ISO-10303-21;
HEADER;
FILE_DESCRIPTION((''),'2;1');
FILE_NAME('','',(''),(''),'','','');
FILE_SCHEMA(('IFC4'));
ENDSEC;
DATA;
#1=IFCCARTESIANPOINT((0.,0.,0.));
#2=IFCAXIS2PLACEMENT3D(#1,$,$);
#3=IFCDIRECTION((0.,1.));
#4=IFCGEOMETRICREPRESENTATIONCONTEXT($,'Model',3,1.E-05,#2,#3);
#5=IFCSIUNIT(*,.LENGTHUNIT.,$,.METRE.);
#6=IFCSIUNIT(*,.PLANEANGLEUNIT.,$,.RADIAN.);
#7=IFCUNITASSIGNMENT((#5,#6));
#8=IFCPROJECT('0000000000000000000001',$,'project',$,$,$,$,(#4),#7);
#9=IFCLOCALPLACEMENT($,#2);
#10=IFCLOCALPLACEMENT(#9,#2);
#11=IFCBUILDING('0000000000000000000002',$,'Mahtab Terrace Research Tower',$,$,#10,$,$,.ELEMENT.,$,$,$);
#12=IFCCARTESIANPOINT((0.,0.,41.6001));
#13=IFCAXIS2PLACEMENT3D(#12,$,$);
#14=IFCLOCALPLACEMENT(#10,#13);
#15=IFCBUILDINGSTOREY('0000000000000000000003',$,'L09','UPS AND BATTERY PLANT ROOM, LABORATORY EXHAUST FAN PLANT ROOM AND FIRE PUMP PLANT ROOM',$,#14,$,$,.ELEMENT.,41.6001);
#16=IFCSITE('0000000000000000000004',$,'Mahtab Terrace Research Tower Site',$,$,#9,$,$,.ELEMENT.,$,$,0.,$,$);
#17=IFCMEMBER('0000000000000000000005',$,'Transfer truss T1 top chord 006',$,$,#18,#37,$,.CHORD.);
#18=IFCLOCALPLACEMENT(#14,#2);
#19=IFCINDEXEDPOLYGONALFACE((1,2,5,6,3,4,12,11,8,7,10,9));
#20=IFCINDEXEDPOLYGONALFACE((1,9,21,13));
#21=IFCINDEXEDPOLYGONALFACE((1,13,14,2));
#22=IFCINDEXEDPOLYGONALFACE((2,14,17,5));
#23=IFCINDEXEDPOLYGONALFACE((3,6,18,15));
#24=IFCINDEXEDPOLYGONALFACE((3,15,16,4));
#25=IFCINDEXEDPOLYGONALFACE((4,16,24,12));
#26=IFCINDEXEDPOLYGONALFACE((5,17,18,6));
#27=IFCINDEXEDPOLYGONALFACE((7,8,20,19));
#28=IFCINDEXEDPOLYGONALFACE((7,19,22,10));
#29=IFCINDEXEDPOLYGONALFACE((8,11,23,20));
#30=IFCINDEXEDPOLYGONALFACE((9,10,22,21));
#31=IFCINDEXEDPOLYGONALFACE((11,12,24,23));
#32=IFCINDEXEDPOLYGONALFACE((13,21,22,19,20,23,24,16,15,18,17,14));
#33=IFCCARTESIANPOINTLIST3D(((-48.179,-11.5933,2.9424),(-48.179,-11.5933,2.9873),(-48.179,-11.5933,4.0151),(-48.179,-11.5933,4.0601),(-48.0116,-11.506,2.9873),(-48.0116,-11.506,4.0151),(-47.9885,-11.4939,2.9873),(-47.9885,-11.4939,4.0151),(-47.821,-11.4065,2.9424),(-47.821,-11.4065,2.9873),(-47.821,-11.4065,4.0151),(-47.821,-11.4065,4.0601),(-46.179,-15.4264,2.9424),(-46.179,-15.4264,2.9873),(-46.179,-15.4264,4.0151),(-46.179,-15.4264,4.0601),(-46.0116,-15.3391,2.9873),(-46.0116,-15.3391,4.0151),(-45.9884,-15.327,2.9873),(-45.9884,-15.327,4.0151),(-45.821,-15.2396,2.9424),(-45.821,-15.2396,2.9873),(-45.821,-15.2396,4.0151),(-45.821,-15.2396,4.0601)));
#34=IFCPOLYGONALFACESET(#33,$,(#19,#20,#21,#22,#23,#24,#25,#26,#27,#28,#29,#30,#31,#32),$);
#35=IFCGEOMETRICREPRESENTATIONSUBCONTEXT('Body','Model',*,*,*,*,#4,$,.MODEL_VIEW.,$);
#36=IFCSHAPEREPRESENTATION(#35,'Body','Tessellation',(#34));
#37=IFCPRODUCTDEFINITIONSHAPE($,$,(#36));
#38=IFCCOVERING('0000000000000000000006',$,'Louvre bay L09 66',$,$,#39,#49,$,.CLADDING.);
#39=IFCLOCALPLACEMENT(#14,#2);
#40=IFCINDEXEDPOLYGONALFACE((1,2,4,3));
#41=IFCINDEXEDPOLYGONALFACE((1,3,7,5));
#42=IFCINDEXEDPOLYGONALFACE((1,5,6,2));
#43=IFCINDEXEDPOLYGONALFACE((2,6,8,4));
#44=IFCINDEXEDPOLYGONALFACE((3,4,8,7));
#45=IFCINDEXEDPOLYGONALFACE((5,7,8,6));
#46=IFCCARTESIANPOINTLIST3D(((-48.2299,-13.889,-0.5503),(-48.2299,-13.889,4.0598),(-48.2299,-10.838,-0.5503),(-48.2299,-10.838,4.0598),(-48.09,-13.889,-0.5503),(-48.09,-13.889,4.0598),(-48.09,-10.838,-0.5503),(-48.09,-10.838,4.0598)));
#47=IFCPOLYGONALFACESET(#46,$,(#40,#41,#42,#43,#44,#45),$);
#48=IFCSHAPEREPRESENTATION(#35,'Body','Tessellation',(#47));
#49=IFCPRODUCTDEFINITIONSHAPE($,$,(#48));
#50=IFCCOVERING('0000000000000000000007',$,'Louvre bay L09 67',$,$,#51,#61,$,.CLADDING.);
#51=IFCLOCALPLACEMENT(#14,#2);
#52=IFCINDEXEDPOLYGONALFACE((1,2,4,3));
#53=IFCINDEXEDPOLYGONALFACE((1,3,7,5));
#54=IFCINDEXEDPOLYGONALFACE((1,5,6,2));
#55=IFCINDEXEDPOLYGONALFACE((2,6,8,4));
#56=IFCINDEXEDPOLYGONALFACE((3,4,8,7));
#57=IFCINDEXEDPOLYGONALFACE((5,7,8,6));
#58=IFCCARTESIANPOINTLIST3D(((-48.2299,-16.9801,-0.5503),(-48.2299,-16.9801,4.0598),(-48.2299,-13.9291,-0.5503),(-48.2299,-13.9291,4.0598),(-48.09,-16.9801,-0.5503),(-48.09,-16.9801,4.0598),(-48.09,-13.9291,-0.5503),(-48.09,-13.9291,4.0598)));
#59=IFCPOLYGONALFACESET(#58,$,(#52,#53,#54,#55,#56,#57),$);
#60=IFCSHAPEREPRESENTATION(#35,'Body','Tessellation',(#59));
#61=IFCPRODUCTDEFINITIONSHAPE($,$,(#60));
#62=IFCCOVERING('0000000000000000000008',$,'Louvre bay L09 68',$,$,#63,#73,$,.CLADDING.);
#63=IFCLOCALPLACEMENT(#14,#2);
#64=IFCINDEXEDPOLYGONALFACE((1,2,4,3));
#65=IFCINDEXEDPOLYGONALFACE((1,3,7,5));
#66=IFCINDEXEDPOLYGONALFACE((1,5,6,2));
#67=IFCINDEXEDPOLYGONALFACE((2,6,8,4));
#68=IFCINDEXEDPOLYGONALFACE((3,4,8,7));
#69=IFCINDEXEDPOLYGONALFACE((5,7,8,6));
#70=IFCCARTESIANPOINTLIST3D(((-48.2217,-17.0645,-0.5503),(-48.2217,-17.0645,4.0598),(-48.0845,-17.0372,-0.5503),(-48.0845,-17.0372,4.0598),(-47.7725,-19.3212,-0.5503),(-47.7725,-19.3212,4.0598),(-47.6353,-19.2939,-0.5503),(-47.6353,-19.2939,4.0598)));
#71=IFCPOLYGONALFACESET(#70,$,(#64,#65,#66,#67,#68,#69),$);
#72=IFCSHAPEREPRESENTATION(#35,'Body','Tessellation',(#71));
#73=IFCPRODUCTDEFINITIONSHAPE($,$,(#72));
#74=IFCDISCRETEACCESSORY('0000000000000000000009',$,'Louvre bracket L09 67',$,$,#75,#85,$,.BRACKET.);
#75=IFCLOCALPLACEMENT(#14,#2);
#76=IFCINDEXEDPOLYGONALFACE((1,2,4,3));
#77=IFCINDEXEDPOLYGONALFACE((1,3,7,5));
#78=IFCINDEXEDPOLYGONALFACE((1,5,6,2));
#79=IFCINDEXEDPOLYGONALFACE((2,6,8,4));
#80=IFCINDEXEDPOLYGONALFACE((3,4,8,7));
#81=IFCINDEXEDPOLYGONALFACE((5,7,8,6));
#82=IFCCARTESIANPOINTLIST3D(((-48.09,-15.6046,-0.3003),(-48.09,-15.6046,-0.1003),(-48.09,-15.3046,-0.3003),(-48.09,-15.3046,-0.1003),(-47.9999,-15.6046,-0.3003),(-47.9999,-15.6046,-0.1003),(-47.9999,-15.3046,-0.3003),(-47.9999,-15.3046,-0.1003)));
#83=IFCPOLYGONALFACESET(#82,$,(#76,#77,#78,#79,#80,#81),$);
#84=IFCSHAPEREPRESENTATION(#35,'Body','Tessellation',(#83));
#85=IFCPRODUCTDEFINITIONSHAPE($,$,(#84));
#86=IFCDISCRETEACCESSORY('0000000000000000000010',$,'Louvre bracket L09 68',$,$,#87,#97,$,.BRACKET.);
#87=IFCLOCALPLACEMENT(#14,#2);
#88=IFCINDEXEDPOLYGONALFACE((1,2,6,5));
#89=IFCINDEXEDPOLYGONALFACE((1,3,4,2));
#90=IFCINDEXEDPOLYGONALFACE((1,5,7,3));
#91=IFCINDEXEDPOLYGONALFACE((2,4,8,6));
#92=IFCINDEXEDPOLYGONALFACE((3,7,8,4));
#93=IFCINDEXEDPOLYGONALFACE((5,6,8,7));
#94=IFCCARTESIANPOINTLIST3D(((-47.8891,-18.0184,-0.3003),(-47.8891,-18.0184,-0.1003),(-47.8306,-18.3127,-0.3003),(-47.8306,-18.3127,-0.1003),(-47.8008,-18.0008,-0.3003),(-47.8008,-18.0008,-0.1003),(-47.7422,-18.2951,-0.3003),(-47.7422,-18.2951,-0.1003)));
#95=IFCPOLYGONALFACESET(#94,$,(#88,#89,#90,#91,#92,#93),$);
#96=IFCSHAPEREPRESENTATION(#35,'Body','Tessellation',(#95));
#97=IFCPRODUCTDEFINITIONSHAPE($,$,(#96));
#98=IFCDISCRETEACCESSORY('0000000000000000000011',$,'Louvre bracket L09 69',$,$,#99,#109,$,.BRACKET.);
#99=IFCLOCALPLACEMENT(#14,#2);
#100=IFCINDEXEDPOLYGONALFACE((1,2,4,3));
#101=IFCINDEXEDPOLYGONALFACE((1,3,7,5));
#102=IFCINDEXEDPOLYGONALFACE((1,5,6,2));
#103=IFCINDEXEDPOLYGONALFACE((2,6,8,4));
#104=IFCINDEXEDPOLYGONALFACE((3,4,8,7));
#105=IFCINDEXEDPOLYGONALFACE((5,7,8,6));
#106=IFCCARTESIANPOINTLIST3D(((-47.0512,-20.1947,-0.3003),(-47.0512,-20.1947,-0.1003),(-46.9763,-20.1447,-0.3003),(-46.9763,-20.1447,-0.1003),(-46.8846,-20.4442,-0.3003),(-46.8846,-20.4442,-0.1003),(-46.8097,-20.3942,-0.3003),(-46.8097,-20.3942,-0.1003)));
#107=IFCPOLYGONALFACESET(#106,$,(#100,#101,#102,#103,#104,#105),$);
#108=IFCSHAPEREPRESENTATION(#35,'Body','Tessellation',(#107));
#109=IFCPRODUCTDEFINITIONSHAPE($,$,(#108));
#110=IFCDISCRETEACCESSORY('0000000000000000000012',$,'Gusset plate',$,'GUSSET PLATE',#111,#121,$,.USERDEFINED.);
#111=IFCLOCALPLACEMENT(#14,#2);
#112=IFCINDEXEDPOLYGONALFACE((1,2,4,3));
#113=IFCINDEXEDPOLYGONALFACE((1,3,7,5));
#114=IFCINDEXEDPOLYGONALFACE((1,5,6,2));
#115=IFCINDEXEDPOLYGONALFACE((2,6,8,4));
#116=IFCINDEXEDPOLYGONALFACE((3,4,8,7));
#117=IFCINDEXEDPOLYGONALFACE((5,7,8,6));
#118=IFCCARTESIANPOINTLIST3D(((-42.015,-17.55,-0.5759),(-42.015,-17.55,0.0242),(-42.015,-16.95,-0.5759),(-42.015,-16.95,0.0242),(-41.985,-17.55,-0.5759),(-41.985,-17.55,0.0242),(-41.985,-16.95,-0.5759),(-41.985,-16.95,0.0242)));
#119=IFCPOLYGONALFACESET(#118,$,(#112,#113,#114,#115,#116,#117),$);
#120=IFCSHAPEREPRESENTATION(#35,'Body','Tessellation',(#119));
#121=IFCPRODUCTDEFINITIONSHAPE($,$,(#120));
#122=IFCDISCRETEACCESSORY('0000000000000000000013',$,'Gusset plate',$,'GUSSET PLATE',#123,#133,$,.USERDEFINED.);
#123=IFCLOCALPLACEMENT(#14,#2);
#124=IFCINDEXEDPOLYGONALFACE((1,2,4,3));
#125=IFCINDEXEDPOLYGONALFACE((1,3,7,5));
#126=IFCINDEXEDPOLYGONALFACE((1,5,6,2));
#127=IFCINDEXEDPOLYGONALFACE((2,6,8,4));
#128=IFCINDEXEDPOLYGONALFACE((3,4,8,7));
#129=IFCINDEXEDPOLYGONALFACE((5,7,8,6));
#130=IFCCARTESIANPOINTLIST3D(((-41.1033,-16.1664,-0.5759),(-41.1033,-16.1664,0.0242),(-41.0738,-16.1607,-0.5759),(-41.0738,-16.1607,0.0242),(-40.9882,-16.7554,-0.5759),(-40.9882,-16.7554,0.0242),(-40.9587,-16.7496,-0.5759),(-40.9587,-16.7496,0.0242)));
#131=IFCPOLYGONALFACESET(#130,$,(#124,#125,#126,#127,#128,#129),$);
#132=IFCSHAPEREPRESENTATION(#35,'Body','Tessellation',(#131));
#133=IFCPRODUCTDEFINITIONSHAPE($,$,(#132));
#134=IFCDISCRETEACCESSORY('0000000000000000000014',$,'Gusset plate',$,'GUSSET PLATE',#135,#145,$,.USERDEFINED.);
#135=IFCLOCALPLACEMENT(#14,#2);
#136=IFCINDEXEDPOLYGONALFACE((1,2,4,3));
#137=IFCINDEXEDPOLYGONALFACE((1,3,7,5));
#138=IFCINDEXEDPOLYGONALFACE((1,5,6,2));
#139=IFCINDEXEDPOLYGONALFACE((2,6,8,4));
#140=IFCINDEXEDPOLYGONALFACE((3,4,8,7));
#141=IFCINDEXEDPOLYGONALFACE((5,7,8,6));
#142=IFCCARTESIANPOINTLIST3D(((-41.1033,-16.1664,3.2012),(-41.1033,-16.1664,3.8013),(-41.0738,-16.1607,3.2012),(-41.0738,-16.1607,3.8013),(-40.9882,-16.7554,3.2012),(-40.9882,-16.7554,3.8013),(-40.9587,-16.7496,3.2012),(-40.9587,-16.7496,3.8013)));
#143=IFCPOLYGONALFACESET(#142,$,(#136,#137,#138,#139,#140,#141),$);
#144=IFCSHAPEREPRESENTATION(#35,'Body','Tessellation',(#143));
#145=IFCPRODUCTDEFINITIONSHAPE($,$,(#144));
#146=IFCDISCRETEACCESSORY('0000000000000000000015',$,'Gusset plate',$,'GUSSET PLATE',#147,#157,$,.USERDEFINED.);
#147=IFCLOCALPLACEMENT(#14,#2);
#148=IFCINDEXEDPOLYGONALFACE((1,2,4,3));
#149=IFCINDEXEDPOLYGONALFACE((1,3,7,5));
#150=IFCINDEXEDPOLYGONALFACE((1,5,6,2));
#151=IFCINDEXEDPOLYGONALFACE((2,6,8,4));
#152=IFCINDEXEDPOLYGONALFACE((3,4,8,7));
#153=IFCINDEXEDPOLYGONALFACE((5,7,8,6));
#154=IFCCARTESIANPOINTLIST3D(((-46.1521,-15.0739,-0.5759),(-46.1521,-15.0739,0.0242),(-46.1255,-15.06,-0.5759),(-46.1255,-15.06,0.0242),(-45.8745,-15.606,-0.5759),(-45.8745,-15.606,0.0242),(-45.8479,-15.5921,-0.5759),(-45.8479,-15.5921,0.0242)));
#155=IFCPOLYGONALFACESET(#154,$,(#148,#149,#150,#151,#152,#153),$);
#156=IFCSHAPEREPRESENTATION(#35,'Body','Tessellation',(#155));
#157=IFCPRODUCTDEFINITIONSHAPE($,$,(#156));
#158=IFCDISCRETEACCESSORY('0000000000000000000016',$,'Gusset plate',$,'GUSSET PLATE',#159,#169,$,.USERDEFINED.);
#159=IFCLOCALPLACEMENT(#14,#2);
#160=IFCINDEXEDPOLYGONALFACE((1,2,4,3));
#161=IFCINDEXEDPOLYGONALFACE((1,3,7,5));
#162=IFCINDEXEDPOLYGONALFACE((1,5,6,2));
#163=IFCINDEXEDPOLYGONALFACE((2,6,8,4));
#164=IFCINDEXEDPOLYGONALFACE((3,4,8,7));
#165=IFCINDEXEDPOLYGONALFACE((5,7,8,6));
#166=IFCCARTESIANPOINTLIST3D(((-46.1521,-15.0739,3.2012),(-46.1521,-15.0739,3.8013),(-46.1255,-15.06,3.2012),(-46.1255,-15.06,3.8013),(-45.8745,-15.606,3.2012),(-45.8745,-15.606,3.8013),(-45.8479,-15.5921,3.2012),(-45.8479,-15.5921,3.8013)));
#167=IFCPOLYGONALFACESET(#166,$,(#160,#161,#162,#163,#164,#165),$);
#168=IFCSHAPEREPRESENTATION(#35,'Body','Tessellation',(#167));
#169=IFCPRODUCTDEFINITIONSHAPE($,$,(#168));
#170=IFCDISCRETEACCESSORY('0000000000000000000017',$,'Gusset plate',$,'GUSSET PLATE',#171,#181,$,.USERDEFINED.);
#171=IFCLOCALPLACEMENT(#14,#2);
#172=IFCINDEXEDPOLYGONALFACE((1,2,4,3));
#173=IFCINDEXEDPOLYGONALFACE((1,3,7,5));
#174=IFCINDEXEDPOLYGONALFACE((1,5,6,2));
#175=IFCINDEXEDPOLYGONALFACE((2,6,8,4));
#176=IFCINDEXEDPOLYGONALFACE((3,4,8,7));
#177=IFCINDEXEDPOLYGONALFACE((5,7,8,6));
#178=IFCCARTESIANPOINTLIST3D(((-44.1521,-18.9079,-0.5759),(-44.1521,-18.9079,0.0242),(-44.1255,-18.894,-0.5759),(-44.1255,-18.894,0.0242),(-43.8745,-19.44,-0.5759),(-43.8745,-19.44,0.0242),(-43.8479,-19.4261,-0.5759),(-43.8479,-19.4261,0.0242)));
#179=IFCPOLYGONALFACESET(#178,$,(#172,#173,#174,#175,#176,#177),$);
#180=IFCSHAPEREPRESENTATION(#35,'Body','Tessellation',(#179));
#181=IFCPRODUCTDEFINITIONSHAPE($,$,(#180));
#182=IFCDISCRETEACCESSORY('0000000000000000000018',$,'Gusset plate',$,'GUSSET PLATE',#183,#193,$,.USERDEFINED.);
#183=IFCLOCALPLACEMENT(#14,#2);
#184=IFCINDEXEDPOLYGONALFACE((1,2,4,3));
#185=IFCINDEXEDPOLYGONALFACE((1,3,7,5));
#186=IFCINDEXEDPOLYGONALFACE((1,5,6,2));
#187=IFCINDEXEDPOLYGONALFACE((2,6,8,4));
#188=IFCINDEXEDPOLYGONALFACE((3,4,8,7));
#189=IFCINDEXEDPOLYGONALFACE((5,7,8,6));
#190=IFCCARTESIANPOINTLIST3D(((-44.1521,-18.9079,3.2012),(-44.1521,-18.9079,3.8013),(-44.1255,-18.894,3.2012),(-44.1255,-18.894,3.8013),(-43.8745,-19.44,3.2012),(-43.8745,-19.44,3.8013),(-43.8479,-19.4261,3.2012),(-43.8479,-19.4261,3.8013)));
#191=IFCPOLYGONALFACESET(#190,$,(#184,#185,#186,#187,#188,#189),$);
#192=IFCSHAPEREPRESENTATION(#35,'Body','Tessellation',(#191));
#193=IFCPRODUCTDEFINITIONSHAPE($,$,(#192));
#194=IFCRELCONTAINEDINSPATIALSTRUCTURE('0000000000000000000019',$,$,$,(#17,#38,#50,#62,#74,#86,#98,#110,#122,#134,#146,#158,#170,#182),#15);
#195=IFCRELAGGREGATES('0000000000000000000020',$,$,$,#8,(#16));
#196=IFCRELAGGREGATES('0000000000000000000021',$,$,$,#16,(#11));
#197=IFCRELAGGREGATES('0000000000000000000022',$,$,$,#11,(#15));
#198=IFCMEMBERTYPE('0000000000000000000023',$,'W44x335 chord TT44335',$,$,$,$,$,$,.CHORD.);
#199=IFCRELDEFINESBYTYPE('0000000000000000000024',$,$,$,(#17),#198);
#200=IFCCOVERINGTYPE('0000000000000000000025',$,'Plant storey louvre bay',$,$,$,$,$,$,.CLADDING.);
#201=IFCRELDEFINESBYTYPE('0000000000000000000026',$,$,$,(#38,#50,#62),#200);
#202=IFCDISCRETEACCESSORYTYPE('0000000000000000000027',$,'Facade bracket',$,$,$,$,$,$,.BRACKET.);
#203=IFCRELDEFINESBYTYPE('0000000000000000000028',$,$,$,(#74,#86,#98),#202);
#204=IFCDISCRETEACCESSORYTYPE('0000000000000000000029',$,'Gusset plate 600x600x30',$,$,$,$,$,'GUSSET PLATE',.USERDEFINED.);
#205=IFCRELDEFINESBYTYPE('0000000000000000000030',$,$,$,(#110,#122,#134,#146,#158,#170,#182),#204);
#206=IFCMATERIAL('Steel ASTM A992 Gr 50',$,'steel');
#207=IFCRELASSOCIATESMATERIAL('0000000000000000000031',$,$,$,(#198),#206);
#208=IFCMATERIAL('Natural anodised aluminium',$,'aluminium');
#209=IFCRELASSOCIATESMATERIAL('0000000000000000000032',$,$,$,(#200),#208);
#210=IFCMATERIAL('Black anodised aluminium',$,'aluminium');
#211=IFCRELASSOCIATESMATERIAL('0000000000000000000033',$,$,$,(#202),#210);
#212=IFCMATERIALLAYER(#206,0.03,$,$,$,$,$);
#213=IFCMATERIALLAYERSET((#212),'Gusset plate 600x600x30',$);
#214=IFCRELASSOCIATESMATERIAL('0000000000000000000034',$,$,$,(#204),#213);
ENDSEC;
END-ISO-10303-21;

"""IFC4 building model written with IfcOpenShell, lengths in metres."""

from ifc_helpers import new_model, si_unit, direction, frame, origin, origin_2d, place, context, subcontext, project, spatial, rectangle, i_section, extrude, material, layer, layer_set, material_profile, profile_set, type_object, element, save


model = new_model("IFC4")

# Units and contexts
model_context = context("Model", 3, precision=1e-05, world=origin(), true_north=direction((0.0, 1.0)))
body_context = subcontext(model_context, "Body", "Model", "MODEL_VIEW")
ifc_project = project(units=[si_unit("LENGTHUNIT", "METRE"), si_unit("PLANEANGLEUNIT", "RADIAN")], contexts=[model_context])

# Site, building, storey
site_placement = place(None, origin())
site = spatial("IfcSite", under=ifc_project, at=site_placement, Name="Mahtab Terrace Research Tower Site", CompositionType="ELEMENT", RefElevation=0.0)
building_placement = place(site_placement, origin())
building = spatial("IfcBuilding", under=site, at=building_placement, Name="Mahtab Terrace Research Tower", CompositionType="ELEMENT")
storey_placement = place(building_placement, frame((0.0, 0.0, 41.6001)))
storey = spatial("IfcBuildingStorey", under=building, at=storey_placement, Name="L09", Description="UPS AND BATTERY PLANT ROOM, LABORATORY EXHAUST FAN PLANT ROOM AND FIRE PUMP PLANT ROOM", CompositionType="ELEMENT", Elevation=41.6001)

# Member
ifc_material_1 = material(Name="Steel ASTM A992 Gr 50", Category="steel")
ifc_material_profile_1 = material_profile(ifc_material_1, i_section(OverallWidth=0.4038, OverallDepth=1.1177, WebThickness=0.0261, FlangeThickness=0.0449, at=origin_2d()), Name="W44X335")
ifc_profile_set_1 = profile_set([ifc_material_profile_1], Name="Steel ASTM A992 Gr 50")
member_type_1 = type_object("IfcMemberType", Name="W44x335 chord TT44335", PredefinedType="CHORD", material=ifc_profile_set_1)
member_1_placement = place(storey_placement, frame((-46.0, -15.333, 3.5012), z_axis=(-0.462597, 0.886569, 0.0), x_axis=(-0.886569, -0.462597, 0.0)))
element("IfcMember", 1, at=member_1_placement, inside=storey, type_object=member_type_1, Name="Transfer truss T1 top chord 006", PredefinedType="CHORD", context=body_context, shape_type="SweptSolid", body=[
    extrude(i_section(OverallWidth=0.4038, OverallDepth=1.1177, WebThickness=0.0261, FlangeThickness=0.0449, at=origin_2d()), origin(), (0.0, 0.0, 1.0), 4.3235),
])

# Coverings
ifc_material_2 = material(Name="Natural anodised aluminium", Category="aluminium")
covering_type = type_object("IfcCoveringType", Name="Plant storey louvre bay", PredefinedType="CLADDING", material=ifc_material_2)
for number, where, z_axis, x_axis, name in (
    (2, (-48.1599, -12.3635, -0.5503), (0.0, 0.0, 1.0), (0.0, -1.0, 0.0), "Louvre bay L09 66"),
    (3, (-48.1599, -15.4546, -0.5503), (0.0, 0.0, 1.0), (0.0, -1.0, 0.0), "Louvre bay L09 67"),
):
    element("IfcCovering", number, at=place(storey_placement, frame(where, z_axis=z_axis, x_axis=x_axis)), inside=storey, type_object=covering_type, Name=name, PredefinedType="CLADDING", context=body_context, shape_type="SweptSolid", body=[
        extrude(rectangle(XDim=3.051, YDim=0.1399, at=origin_2d()), origin(), (0.0, 0.0, 1.0), 4.6101),
    ])
covering_placement = place(storey_placement, frame((-47.9285, -18.1792, -0.5503), z_axis=(0.0, 0.0, 1.0), x_axis=(0.195212, -0.980761, 0.0)))
element("IfcCovering", 4, at=covering_placement, inside=storey, type_object=covering_type, Name="Louvre bay L09 68", PredefinedType="CLADDING", context=body_context, shape_type="SweptSolid", body=[
    extrude(rectangle(XDim=2.301, YDim=0.1399, at=origin_2d()), origin(), (0.0, 0.0, 1.0), 4.6101),
])

# Discrete accessories
ifc_material_3 = material(Name="Black anodised aluminium", Category="aluminium")
discrete_accessory_type_1 = type_object("IfcDiscreteAccessoryType", Name="Facade bracket", PredefinedType="BRACKET", material=ifc_material_3)
for number, where, z_axis, x_axis, name in (
    (5, (-48.0449, -15.4546, -0.3003), (0.0, 0.0, 1.0), (0.0, -1.0, 0.0), "Louvre bracket L09 67"),
    (6, (-47.8157, -18.1567, -0.3003), (0.0, 0.0, 1.0), (0.195212, -0.980761, 0.0), "Louvre bracket L09 68"),
    (7, (-46.9304, -20.2944, -0.3003), (0.0, 0.0, 1.0), (0.555291, -0.831656, 0.0), "Louvre bracket L09 69"),
):
    element("IfcDiscreteAccessory", number, at=place(storey_placement, frame(where, z_axis=z_axis, x_axis=x_axis)), inside=storey, type_object=discrete_accessory_type_1, Name=name, PredefinedType="BRACKET", context=body_context, shape_type="SweptSolid", body=[
        extrude(rectangle(XDim=0.3, YDim=0.0901, at=origin_2d()), origin(), (0.0, 0.0, 1.0), 0.2),
    ])
ifc_layer = layer(ifc_material_1, 0.03)
ifc_layer_set = layer_set([ifc_layer], Name="Gusset plate 600x600x30")
discrete_accessory_type_2 = type_object("IfcDiscreteAccessoryType", Name="Gusset plate 600x600x30", ElementType="GUSSET PLATE", PredefinedType="USERDEFINED", material=ifc_layer_set)
for number, where, z_axis, x_axis, name in (
    (8, (-42.0, -17.25, -0.5759), (0.0, 0.0, 1.0), (0.0, 1.0, 0.0), "Gusset plate"),
    (9, (-41.031, -16.458, -0.5759), (0.0, 0.0, 1.0), (-0.19182, 0.98143, 0.0), "Gusset plate"),
    (10, (-41.031, -16.458, 3.2012), (0.0, 0.0, 1.0), (-0.19182, 0.98143, 0.0), "Gusset plate"),
    (11, (-46.0, -15.333, -0.5759), (0.0, 0.0, 1.0), (-0.4626, 0.886567, 0.0), "Gusset plate"),
    (12, (-46.0, -15.333, 3.2012), (0.0, 0.0, 1.0), (-0.462507, 0.886616, 0.0), "Gusset plate"),
    (13, (-44.0, -19.167, -0.5759), (0.0, 0.0, 1.0), (-0.462507, 0.886616, 0.0), "Gusset plate"),
    (14, (-44.0, -19.167, 3.2012), (0.0, 0.0, 1.0), (-0.4626, 0.886567, 0.0), "Gusset plate"),
):
    element("IfcDiscreteAccessory", number, at=place(storey_placement, frame(where, z_axis=z_axis, x_axis=x_axis)), inside=storey, type_object=discrete_accessory_type_2, Name=name, ObjectType="GUSSET PLATE", PredefinedType="USERDEFINED", context=body_context, shape_type="SweptSolid", body=[
        extrude(rectangle(XDim=0.6001, YDim=0.03, at=origin_2d()), origin(), (0.0, 0.0, 1.0), 0.6001),
    ])

save(model, "model.ifc")
